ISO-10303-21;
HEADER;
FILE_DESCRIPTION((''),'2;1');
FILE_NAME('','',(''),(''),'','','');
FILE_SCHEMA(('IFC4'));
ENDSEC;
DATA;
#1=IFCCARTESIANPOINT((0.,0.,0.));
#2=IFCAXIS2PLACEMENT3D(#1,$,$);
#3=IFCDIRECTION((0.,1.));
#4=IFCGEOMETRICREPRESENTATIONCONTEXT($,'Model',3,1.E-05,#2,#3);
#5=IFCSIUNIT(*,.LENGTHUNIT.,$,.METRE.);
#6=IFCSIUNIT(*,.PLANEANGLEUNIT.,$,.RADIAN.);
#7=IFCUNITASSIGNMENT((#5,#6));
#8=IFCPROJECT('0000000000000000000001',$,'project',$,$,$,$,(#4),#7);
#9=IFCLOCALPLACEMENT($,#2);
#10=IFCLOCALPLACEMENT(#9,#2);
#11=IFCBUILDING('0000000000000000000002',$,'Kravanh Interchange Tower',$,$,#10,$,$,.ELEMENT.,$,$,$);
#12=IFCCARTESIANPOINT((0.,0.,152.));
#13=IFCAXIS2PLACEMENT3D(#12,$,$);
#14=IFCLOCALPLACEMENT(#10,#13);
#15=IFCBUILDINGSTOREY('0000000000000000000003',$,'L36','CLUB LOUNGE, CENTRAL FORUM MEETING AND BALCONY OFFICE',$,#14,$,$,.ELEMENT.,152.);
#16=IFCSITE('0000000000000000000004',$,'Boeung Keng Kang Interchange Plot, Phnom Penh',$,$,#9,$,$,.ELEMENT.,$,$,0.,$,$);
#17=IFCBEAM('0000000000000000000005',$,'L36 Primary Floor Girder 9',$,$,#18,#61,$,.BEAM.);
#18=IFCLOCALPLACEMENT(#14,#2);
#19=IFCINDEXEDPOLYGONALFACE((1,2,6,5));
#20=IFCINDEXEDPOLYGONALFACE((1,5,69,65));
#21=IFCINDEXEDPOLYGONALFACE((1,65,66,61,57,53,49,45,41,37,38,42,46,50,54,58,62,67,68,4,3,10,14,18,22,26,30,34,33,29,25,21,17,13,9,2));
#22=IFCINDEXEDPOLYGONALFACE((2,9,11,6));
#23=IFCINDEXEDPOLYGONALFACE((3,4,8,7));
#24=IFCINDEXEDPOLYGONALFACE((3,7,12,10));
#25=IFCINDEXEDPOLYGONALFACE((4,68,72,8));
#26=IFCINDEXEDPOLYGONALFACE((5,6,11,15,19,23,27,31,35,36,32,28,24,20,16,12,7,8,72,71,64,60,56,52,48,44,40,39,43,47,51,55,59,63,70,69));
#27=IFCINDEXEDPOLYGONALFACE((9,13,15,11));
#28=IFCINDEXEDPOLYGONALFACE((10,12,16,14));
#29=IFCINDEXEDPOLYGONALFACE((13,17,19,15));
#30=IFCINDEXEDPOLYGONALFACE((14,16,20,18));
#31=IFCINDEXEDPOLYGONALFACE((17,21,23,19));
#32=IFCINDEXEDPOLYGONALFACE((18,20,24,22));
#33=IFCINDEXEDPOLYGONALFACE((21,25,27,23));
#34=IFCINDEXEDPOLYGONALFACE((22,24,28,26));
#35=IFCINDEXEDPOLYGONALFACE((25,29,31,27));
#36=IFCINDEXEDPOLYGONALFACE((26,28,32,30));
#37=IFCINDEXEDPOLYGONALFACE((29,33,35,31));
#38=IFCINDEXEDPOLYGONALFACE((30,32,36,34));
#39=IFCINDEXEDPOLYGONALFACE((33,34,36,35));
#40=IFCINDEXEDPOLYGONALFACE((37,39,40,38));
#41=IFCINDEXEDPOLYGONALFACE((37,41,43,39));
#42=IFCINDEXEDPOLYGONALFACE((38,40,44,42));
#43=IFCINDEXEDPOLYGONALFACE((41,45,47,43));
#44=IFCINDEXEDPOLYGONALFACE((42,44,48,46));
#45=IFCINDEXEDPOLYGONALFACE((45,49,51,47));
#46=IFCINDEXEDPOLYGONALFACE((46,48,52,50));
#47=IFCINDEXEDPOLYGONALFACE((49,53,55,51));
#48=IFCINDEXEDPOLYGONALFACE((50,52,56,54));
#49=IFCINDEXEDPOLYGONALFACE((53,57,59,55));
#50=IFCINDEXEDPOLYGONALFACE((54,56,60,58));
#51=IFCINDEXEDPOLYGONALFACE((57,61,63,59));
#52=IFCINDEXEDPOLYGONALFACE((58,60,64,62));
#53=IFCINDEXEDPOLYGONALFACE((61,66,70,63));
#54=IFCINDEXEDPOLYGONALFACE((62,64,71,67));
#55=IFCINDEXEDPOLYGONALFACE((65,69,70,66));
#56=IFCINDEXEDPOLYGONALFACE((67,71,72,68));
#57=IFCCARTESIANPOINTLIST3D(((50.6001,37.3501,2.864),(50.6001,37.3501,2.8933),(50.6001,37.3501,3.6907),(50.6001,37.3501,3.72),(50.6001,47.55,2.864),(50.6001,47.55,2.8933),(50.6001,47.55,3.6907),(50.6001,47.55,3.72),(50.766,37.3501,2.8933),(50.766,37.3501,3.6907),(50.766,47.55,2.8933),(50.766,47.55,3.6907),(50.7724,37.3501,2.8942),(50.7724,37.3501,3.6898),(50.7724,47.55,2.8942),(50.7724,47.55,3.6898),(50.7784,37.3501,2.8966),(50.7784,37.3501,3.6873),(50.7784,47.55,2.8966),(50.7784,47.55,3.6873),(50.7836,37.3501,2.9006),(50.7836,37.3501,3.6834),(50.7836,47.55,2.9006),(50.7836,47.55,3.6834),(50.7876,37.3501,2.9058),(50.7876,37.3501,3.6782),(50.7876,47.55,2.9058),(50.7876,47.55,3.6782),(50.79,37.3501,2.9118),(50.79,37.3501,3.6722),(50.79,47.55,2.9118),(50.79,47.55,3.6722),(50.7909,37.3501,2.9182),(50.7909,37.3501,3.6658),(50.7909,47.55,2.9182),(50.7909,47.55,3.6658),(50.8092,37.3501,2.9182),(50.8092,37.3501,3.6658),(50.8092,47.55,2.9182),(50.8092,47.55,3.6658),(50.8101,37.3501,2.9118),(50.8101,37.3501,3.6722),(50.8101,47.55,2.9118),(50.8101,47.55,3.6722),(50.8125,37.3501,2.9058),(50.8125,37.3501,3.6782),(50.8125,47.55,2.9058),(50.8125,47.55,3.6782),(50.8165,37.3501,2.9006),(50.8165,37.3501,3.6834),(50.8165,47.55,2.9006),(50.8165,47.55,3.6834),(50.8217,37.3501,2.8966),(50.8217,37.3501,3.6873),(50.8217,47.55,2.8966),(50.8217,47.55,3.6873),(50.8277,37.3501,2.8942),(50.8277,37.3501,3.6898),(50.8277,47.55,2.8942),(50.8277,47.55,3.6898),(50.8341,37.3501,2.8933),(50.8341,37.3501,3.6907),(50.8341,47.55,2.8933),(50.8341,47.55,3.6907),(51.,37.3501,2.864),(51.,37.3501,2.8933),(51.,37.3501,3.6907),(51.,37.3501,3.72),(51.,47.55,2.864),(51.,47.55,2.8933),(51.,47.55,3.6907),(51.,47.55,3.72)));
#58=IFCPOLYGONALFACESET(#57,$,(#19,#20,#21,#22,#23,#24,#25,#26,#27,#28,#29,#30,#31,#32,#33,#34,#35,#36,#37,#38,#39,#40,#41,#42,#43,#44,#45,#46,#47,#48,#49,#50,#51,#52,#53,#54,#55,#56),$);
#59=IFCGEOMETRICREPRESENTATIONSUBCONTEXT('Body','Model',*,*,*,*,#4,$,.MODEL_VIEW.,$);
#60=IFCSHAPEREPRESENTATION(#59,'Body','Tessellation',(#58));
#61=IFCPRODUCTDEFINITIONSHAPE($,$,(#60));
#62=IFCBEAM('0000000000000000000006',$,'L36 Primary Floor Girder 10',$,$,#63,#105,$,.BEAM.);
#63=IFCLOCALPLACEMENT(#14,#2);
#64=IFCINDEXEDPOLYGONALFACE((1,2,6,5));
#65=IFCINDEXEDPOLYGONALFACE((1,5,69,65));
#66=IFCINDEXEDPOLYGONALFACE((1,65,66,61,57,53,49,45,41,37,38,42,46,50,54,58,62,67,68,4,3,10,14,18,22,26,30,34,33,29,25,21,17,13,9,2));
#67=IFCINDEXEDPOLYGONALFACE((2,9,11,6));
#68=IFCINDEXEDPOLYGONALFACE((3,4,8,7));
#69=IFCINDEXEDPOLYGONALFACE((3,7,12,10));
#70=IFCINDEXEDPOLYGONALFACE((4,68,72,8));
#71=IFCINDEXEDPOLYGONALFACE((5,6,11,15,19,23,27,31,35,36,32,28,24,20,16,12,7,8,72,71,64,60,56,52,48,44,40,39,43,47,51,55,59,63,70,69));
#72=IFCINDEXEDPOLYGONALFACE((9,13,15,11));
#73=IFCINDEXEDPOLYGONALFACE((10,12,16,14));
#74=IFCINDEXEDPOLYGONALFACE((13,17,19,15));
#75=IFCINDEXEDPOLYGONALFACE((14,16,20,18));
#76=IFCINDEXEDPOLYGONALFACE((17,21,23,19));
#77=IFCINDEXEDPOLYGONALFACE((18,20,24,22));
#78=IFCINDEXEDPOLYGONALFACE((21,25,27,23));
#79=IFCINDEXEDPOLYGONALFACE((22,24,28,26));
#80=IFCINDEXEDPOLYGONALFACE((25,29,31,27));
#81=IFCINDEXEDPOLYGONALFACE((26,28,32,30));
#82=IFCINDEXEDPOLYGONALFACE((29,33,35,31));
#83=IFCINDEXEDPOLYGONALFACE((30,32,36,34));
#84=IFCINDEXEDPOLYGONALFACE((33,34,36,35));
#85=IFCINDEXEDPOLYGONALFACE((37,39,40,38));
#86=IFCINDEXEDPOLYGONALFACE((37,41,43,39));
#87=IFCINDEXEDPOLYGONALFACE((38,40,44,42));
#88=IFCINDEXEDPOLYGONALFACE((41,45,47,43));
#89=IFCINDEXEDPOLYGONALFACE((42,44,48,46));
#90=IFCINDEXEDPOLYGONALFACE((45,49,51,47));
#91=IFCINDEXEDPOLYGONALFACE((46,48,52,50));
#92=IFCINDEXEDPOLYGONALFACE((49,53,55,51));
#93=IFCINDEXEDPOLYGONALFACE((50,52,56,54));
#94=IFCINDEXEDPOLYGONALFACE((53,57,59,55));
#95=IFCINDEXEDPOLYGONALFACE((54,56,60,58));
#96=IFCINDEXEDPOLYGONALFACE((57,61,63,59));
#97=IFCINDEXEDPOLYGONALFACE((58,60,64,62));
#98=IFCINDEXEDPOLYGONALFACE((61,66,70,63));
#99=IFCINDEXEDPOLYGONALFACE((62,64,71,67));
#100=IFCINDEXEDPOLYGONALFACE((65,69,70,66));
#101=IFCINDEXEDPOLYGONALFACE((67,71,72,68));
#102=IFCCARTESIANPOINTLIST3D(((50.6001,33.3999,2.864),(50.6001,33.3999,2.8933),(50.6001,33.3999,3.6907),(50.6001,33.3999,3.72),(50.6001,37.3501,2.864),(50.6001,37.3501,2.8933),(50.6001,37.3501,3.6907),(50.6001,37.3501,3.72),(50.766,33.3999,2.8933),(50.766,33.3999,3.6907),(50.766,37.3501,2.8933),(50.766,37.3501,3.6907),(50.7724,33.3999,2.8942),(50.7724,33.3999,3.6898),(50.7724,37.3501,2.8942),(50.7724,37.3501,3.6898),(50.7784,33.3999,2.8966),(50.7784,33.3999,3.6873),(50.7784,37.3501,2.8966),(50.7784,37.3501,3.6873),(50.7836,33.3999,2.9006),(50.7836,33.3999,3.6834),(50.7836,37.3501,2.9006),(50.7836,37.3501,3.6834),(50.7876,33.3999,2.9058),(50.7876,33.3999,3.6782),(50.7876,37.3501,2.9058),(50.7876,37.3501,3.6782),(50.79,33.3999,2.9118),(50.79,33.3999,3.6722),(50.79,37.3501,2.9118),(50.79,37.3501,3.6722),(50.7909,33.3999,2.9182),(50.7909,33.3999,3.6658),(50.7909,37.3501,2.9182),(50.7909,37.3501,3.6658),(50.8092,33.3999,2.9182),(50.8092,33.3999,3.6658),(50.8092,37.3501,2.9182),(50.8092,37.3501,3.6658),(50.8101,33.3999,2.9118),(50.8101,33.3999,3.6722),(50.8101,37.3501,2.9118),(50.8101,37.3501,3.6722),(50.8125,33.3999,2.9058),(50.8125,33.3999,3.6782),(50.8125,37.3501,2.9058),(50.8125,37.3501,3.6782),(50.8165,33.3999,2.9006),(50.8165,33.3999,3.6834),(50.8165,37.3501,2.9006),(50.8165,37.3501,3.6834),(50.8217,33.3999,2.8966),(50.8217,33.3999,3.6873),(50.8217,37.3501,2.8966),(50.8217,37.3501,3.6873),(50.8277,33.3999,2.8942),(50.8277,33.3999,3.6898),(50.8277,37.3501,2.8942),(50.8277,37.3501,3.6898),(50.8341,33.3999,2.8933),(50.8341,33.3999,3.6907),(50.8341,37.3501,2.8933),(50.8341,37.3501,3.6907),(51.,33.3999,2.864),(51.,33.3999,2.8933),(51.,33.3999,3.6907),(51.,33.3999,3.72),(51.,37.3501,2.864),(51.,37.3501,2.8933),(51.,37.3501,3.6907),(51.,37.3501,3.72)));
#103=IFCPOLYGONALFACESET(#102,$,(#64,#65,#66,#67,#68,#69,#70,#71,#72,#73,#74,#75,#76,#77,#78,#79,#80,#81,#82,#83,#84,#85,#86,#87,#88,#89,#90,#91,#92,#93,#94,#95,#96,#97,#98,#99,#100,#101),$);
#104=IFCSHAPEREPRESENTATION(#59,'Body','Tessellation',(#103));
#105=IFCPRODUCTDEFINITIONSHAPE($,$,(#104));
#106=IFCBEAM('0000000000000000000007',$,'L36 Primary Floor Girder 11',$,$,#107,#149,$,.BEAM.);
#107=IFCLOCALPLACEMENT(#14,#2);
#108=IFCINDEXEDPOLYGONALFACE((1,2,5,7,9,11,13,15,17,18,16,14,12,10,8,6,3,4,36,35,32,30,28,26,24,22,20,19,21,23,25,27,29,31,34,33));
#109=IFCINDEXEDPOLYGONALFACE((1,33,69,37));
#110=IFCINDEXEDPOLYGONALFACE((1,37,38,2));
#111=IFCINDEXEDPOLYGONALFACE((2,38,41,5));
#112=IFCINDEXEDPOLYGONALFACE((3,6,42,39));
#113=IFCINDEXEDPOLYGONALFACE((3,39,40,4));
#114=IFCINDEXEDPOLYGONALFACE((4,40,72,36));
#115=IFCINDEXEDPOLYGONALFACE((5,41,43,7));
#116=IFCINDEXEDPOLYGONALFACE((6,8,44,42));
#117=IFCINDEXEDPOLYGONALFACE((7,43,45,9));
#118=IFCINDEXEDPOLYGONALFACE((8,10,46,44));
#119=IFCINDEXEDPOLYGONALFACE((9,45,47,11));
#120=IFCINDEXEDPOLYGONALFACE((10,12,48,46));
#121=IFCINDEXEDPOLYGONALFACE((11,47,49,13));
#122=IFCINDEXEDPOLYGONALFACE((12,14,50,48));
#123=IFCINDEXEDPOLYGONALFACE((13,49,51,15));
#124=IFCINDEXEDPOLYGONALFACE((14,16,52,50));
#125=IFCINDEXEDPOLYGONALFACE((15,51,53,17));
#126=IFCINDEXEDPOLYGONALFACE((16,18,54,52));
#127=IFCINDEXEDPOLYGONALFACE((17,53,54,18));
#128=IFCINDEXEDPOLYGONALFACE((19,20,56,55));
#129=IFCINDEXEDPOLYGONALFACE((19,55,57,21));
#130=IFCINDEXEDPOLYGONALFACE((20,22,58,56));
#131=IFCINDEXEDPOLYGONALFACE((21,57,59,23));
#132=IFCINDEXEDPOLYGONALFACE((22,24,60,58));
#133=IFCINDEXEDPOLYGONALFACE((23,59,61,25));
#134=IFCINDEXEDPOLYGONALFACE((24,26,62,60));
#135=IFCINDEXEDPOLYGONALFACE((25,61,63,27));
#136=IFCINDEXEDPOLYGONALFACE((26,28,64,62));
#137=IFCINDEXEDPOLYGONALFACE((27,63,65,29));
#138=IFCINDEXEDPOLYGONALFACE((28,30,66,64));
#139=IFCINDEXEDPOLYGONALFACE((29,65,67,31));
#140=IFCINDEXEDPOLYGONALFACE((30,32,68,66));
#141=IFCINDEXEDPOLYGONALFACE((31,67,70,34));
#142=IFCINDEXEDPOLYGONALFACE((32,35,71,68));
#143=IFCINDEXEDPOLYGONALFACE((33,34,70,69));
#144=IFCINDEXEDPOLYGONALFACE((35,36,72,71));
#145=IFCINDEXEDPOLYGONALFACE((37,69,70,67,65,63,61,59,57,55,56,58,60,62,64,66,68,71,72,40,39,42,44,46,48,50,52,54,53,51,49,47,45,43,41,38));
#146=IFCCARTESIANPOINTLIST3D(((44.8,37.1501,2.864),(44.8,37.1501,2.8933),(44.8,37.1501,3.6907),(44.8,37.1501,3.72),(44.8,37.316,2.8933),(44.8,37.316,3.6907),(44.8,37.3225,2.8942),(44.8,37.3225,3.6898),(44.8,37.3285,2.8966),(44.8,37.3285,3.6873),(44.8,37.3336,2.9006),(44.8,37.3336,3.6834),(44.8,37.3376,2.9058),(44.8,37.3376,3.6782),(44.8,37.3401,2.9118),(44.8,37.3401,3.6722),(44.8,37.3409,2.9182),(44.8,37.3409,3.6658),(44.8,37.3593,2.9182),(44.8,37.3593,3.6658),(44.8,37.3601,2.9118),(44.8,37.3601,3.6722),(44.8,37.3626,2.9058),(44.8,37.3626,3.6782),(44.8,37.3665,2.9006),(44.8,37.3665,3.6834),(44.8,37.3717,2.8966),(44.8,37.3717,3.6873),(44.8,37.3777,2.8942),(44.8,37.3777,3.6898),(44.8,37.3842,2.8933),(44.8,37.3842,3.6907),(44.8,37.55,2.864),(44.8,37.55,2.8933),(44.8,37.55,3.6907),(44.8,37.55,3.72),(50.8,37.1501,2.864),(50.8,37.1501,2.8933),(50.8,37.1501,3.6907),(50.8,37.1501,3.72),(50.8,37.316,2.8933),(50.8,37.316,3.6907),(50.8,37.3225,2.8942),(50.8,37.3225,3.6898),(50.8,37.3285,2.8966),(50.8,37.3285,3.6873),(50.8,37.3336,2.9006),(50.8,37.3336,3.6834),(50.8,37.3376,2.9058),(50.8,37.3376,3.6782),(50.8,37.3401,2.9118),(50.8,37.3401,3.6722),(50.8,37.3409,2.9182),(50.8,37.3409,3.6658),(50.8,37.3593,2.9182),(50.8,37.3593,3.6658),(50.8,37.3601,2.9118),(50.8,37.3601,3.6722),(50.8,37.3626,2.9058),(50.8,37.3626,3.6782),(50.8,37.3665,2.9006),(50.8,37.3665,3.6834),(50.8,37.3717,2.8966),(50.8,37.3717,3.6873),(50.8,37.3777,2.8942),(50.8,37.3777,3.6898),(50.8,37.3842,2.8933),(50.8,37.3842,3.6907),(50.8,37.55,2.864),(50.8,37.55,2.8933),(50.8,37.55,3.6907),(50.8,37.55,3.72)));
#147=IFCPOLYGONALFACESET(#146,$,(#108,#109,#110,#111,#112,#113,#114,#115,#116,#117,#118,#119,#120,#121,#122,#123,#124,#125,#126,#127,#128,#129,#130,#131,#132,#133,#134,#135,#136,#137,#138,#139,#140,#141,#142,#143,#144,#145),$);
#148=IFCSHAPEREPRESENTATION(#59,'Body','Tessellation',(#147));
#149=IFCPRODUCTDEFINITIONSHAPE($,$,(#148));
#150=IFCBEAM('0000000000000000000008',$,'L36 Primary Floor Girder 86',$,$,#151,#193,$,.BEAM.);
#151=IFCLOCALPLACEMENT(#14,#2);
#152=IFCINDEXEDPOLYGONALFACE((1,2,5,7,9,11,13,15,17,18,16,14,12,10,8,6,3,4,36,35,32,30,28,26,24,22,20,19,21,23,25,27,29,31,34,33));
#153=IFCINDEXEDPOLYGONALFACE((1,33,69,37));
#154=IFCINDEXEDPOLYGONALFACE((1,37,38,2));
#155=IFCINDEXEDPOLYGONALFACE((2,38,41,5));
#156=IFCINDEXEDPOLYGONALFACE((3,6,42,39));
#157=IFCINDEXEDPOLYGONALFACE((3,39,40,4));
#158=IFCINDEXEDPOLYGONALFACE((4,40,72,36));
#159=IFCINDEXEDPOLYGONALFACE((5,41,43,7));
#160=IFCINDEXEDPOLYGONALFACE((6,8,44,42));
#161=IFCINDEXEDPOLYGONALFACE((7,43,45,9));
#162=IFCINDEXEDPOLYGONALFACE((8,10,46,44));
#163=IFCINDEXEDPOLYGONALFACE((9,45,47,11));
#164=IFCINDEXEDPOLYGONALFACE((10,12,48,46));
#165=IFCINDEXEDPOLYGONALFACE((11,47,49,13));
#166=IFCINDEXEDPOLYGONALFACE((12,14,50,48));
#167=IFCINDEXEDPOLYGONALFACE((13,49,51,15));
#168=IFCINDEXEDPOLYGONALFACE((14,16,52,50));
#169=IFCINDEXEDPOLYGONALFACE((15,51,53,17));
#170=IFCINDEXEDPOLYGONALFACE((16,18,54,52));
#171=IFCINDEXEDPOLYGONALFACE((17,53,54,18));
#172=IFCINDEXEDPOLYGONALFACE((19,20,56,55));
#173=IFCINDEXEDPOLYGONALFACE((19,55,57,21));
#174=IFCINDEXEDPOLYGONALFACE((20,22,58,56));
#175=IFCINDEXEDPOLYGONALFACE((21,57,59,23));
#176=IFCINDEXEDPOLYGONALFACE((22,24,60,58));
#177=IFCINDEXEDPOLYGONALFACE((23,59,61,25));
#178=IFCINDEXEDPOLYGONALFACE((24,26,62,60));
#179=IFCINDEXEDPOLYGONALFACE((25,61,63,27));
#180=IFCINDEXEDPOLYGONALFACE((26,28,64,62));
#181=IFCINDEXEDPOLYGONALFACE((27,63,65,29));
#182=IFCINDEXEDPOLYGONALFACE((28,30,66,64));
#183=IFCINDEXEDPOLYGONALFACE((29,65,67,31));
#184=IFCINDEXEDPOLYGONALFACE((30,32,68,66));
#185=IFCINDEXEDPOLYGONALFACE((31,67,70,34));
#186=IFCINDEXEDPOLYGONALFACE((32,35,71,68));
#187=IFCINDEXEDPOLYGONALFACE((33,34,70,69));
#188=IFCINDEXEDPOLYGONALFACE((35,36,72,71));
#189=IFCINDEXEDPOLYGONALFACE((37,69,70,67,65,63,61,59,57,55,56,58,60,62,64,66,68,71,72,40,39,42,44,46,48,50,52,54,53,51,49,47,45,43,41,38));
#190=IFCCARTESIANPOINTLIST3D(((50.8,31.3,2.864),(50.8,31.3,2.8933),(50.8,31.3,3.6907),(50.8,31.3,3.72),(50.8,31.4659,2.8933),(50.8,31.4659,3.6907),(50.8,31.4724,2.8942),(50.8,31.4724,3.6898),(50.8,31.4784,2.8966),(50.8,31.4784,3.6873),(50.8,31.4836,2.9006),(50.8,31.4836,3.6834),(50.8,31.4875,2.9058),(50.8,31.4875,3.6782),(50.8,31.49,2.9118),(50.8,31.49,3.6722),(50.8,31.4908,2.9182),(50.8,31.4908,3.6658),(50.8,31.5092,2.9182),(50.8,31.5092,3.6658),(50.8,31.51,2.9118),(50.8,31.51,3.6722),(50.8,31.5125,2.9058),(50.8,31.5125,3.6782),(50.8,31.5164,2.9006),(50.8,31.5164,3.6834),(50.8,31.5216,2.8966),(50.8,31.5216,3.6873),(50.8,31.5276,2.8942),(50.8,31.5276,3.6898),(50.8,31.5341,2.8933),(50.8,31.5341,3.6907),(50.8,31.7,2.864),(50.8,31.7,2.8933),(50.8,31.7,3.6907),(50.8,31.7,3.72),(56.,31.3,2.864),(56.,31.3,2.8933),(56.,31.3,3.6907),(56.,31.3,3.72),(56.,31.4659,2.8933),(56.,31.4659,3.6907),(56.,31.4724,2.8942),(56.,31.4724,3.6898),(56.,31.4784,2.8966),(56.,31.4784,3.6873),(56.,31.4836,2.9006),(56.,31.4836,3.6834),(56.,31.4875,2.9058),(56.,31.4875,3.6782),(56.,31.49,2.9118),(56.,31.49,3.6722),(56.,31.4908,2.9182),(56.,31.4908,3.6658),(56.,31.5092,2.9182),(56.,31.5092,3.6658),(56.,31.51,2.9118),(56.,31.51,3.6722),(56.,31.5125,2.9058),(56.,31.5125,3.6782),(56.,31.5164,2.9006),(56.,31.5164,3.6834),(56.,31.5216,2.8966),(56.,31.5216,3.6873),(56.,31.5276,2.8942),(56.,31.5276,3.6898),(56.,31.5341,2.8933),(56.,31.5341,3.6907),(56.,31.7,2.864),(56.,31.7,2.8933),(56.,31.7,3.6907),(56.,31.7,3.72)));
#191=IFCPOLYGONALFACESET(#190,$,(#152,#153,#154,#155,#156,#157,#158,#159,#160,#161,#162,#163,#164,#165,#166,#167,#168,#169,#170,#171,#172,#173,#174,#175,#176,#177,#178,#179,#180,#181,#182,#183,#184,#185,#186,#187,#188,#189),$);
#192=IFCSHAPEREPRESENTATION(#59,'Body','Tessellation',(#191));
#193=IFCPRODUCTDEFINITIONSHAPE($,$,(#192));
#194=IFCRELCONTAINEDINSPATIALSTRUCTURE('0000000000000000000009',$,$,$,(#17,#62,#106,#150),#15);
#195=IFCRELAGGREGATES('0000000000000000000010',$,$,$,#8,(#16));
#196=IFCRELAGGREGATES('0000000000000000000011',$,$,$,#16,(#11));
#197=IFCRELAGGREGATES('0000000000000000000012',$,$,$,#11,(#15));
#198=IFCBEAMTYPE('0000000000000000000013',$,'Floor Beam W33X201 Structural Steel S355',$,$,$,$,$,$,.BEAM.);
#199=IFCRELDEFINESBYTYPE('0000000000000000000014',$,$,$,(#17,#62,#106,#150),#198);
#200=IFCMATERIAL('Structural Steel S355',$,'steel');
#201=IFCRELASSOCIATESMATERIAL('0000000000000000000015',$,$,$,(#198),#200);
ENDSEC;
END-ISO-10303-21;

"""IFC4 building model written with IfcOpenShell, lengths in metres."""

from ifc_helpers import new_model, si_unit, direction, frame, origin, origin_2d, place, context, subcontext, project, spatial, i_section, extrude, material, material_profile, profile_set, type_object, element, save


model = new_model("IFC4")

# Units and contexts
model_context = context("Model", 3, precision=1e-05, world=origin(), true_north=direction((0.0, 1.0)))
body_context = subcontext(model_context, "Body", "Model", "MODEL_VIEW")
ifc_project = project(units=[si_unit("LENGTHUNIT", "METRE"), si_unit("PLANEANGLEUNIT", "RADIAN")], contexts=[model_context])

# Site, building, storey
site_placement = place(None, origin())
site = spatial("IfcSite", under=ifc_project, at=site_placement, Name="Boeung Keng Kang Interchange Plot, Phnom Penh", CompositionType="ELEMENT", RefElevation=0.0)
building_placement = place(site_placement, origin())
building = spatial("IfcBuilding", under=site, at=building_placement, Name="Kravanh Interchange Tower", CompositionType="ELEMENT")
storey_placement = place(building_placement, frame((0.0, 0.0, 152.0)))
storey = spatial("IfcBuildingStorey", under=building, at=storey_placement, Name="L36", Description="CLUB LOUNGE, CENTRAL FORUM MEETING AND BALCONY OFFICE", CompositionType="ELEMENT", Elevation=152.0)

# Beams
ifc_material_1 = material(Name="Structural Steel S355", Category="steel")
ifc_material_profile_1 = material_profile(ifc_material_1, i_section(OverallWidth=0.3999, OverallDepth=0.856, WebThickness=0.0183, FlangeThickness=0.0293, FilletRadius=0.0249, at=origin_2d()), Name="W33X201")
ifc_profile_set_1 = profile_set([ifc_material_profile_1], Name="Structural Steel S355")
beam_type_1 = type_object("IfcBeamType", Name="Floor Beam W33X201 Structural Steel S355", PredefinedType="BEAM", material=ifc_profile_set_1)
beam_1_placement = place(storey_placement, frame((50.8, 47.55, 3.292), z_axis=(0.0, -1.0, 0.0), x_axis=(1.0, 0.0, 0.0)))
element("IfcBeam", 1, at=beam_1_placement, inside=storey, type_object=beam_type_1, Name="L36 Primary Floor Girder 9", PredefinedType="BEAM", context=body_context, shape_type="SweptSolid", body=[
    extrude(i_section(OverallWidth=0.3999, OverallDepth=0.856, WebThickness=0.0183, FlangeThickness=0.0293, FilletRadius=0.0249, at=origin_2d()), origin(), (0.0, 0.0, 1.0), 10.2),
])
beam_2_placement = place(storey_placement, frame((50.8, 37.3501, 3.292), z_axis=(0.0, -1.0, 0.0), x_axis=(1.0, 0.0, 0.0)))
element("IfcBeam", 2, at=beam_2_placement, inside=storey, type_object=beam_type_1, Name="L36 Primary Floor Girder 10", PredefinedType="BEAM", context=body_context, shape_type="SweptSolid", body=[
    extrude(i_section(OverallWidth=0.3999, OverallDepth=0.856, WebThickness=0.0183, FlangeThickness=0.0293, FilletRadius=0.0249, at=origin_2d()), origin(), (0.0, 0.0, 1.0), 3.9502),
])
beam_3_placement = place(storey_placement, frame((50.8, 37.3501, 3.292), z_axis=(-1.0, 0.0, 0.0), x_axis=(0.0, -1.0, 0.0)))
element("IfcBeam", 3, at=beam_3_placement, inside=storey, type_object=beam_type_1, Name="L36 Primary Floor Girder 11", PredefinedType="BEAM", context=body_context, shape_type="SweptSolid", body=[
    extrude(i_section(OverallWidth=0.3999, OverallDepth=0.856, WebThickness=0.0183, FlangeThickness=0.0293, FilletRadius=0.0249, at=origin_2d()), origin(), (0.0, 0.0, 1.0), 6.0),
])
beam_4_placement = place(storey_placement, frame((50.8, 31.5, 3.292), z_axis=(1.0, 0.0, 0.0), x_axis=(0.0, 1.0, 0.0)))
element("IfcBeam", 4, at=beam_4_placement, inside=storey, type_object=beam_type_1, Name="L36 Primary Floor Girder 86", PredefinedType="BEAM", context=body_context, shape_type="SweptSolid", body=[
    extrude(i_section(OverallWidth=0.3999, OverallDepth=0.856, WebThickness=0.0183, FlangeThickness=0.0293, FilletRadius=0.0249, at=origin_2d()), origin(), (0.0, 0.0, 1.0), 5.2),
])

save(model, "model.ifc")
